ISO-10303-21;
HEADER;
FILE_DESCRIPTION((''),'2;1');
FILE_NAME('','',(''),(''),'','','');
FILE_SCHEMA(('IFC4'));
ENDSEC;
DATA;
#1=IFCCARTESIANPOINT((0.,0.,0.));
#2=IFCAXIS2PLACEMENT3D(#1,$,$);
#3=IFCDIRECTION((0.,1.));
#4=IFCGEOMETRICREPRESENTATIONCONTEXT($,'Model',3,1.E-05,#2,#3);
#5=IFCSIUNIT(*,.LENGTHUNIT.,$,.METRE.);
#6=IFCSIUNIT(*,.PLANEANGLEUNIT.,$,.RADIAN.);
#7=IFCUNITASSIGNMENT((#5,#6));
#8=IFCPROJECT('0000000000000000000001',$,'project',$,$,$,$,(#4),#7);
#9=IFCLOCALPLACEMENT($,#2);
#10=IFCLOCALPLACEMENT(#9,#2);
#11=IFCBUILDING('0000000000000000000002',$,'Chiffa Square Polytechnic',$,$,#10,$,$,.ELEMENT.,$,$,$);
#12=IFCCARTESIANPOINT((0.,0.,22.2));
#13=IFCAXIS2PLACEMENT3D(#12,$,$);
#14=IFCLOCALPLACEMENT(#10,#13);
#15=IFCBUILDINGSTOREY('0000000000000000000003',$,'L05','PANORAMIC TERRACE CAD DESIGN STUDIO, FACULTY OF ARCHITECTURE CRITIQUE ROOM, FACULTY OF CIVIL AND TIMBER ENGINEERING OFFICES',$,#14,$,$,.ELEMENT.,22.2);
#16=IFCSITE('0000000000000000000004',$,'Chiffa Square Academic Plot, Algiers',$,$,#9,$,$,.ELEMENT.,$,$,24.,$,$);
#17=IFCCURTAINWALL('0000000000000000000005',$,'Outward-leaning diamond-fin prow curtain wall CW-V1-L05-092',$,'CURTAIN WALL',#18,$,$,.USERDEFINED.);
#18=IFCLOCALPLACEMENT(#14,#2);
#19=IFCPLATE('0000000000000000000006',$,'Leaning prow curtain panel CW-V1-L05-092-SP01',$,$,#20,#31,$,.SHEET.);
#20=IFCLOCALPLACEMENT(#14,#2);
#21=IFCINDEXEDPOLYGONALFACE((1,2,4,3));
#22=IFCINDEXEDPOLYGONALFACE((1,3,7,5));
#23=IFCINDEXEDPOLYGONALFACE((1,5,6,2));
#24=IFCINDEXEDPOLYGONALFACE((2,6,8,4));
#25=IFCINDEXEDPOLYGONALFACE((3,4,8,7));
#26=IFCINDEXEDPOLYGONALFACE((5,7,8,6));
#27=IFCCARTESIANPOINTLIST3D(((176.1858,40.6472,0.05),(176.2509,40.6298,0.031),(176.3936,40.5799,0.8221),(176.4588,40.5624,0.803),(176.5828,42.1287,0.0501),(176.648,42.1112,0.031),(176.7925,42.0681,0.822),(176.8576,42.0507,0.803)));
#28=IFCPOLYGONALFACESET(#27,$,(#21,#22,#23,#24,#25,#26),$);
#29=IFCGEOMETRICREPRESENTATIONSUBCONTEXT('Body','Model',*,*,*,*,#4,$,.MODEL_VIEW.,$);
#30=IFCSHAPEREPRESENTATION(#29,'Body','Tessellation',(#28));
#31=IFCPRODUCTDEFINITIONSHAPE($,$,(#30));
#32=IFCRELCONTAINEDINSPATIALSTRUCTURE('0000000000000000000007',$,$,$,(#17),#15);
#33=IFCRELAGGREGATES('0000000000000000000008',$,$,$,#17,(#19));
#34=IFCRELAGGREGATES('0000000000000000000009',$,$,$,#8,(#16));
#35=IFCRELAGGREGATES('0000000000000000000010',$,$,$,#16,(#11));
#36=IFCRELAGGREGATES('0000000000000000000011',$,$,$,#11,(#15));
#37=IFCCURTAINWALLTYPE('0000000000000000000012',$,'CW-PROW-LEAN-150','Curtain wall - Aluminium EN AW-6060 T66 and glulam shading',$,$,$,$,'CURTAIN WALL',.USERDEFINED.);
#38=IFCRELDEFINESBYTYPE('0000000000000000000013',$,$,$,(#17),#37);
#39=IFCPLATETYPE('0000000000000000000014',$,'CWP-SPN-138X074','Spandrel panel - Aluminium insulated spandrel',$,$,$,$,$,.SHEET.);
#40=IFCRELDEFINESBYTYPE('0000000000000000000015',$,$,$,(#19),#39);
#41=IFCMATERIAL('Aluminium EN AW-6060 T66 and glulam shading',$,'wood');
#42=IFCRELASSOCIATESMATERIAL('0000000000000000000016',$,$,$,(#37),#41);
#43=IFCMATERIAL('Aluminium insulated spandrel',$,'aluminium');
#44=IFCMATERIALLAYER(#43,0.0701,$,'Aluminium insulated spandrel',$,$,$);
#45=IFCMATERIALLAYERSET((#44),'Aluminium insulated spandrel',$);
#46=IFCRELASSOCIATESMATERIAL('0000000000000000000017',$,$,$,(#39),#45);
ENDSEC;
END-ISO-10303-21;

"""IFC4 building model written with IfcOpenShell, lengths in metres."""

from ifc_helpers import new_model, si_unit, direction, frame, origin, place, context, subcontext, project, spatial, polyline, outline, extrude, material, layer, layer_set, type_object, element, aggregate, save


model = new_model("IFC4")

# Units and contexts
model_context = context("Model", 3, precision=1e-05, world=origin(), true_north=direction((0.0, 1.0)))
body_context = subcontext(model_context, "Body", "Model", "MODEL_VIEW")
ifc_project = project(units=[si_unit("LENGTHUNIT", "METRE"), si_unit("PLANEANGLEUNIT", "RADIAN")], contexts=[model_context])

# Site, building, storey
site_placement = place(None, origin())
site = spatial("IfcSite", under=ifc_project, at=site_placement, Name="Chiffa Square Academic Plot, Algiers", CompositionType="ELEMENT", RefElevation=24.0)
building_placement = place(site_placement, origin())
building = spatial("IfcBuilding", under=site, at=building_placement, Name="Chiffa Square Polytechnic", CompositionType="ELEMENT")
storey_placement = place(building_placement, frame((0.0, 0.0, 22.2)))
storey = spatial("IfcBuildingStorey", under=building, at=storey_placement, Name="L05", Description="PANORAMIC TERRACE CAD DESIGN STUDIO, FACULTY OF ARCHITECTURE CRITIQUE ROOM, FACULTY OF CIVIL AND TIMBER ENGINEERING OFFICES", CompositionType="ELEMENT", Elevation=22.2)

# Curtain wall
ifc_material_1 = material(Name="Aluminium EN AW-6060 T66 and glulam shading", Category="wood")
curtain_wall_type_1 = type_object("IfcCurtainWallType", Name="CW-PROW-LEAN-150", Description="Curtain wall - Aluminium EN AW-6060 T66 and glulam shading", ElementType="CURTAIN WALL", PredefinedType="USERDEFINED", material=ifc_material_1)
curtain_wall_1_placement = place(storey_placement, origin())
curtain_wall_1 = element("IfcCurtainWall", 1, at=curtain_wall_1_placement, inside=storey, type_object=curtain_wall_type_1, Name="Outward-leaning diamond-fin prow curtain wall CW-V1-L05-092", ObjectType="CURTAIN WALL", PredefinedType="USERDEFINED")

# Plate
ifc_material_2 = material(Name="Aluminium insulated spandrel", Category="aluminium")
ifc_layer_1 = layer(ifc_material_2, 0.0701, Name="Aluminium insulated spandrel")
ifc_layer_set_1 = layer_set([ifc_layer_1], Name="Aluminium insulated spandrel")
plate_type_1 = type_object("IfcPlateType", Name="CWP-SPN-138X074", Description="Spandrel panel - Aluminium insulated spandrel", PredefinedType="SHEET", material=ifc_layer_set_1)
plate_1_placement = place(storey_placement, frame((176.1858, 40.6472, 0.05), z_axis=(-0.929501, 0.24911, 0.271977), x_axis=(0.258877, 0.96591, 0.00003)))
plate_1 = element("IfcPlate", 2, at=plate_1_placement, type_object=plate_type_1, Name="Leaning prow curtain panel CW-V1-L05-092-SP01", PredefinedType="SHEET", context=body_context, shape_type="SweptSolid", body=[
    extrude(outline(polyline([(0.0, 0.0), (1.5338, 0.0), (1.5295, -0.8022), (-0.0112, -0.8023), (0.0, 0.0)])), origin(), (0.0, 0.0, -1.0), 0.0701),
])
aggregate(curtain_wall_1, [plate_1])

save(model, "model.ifc")
